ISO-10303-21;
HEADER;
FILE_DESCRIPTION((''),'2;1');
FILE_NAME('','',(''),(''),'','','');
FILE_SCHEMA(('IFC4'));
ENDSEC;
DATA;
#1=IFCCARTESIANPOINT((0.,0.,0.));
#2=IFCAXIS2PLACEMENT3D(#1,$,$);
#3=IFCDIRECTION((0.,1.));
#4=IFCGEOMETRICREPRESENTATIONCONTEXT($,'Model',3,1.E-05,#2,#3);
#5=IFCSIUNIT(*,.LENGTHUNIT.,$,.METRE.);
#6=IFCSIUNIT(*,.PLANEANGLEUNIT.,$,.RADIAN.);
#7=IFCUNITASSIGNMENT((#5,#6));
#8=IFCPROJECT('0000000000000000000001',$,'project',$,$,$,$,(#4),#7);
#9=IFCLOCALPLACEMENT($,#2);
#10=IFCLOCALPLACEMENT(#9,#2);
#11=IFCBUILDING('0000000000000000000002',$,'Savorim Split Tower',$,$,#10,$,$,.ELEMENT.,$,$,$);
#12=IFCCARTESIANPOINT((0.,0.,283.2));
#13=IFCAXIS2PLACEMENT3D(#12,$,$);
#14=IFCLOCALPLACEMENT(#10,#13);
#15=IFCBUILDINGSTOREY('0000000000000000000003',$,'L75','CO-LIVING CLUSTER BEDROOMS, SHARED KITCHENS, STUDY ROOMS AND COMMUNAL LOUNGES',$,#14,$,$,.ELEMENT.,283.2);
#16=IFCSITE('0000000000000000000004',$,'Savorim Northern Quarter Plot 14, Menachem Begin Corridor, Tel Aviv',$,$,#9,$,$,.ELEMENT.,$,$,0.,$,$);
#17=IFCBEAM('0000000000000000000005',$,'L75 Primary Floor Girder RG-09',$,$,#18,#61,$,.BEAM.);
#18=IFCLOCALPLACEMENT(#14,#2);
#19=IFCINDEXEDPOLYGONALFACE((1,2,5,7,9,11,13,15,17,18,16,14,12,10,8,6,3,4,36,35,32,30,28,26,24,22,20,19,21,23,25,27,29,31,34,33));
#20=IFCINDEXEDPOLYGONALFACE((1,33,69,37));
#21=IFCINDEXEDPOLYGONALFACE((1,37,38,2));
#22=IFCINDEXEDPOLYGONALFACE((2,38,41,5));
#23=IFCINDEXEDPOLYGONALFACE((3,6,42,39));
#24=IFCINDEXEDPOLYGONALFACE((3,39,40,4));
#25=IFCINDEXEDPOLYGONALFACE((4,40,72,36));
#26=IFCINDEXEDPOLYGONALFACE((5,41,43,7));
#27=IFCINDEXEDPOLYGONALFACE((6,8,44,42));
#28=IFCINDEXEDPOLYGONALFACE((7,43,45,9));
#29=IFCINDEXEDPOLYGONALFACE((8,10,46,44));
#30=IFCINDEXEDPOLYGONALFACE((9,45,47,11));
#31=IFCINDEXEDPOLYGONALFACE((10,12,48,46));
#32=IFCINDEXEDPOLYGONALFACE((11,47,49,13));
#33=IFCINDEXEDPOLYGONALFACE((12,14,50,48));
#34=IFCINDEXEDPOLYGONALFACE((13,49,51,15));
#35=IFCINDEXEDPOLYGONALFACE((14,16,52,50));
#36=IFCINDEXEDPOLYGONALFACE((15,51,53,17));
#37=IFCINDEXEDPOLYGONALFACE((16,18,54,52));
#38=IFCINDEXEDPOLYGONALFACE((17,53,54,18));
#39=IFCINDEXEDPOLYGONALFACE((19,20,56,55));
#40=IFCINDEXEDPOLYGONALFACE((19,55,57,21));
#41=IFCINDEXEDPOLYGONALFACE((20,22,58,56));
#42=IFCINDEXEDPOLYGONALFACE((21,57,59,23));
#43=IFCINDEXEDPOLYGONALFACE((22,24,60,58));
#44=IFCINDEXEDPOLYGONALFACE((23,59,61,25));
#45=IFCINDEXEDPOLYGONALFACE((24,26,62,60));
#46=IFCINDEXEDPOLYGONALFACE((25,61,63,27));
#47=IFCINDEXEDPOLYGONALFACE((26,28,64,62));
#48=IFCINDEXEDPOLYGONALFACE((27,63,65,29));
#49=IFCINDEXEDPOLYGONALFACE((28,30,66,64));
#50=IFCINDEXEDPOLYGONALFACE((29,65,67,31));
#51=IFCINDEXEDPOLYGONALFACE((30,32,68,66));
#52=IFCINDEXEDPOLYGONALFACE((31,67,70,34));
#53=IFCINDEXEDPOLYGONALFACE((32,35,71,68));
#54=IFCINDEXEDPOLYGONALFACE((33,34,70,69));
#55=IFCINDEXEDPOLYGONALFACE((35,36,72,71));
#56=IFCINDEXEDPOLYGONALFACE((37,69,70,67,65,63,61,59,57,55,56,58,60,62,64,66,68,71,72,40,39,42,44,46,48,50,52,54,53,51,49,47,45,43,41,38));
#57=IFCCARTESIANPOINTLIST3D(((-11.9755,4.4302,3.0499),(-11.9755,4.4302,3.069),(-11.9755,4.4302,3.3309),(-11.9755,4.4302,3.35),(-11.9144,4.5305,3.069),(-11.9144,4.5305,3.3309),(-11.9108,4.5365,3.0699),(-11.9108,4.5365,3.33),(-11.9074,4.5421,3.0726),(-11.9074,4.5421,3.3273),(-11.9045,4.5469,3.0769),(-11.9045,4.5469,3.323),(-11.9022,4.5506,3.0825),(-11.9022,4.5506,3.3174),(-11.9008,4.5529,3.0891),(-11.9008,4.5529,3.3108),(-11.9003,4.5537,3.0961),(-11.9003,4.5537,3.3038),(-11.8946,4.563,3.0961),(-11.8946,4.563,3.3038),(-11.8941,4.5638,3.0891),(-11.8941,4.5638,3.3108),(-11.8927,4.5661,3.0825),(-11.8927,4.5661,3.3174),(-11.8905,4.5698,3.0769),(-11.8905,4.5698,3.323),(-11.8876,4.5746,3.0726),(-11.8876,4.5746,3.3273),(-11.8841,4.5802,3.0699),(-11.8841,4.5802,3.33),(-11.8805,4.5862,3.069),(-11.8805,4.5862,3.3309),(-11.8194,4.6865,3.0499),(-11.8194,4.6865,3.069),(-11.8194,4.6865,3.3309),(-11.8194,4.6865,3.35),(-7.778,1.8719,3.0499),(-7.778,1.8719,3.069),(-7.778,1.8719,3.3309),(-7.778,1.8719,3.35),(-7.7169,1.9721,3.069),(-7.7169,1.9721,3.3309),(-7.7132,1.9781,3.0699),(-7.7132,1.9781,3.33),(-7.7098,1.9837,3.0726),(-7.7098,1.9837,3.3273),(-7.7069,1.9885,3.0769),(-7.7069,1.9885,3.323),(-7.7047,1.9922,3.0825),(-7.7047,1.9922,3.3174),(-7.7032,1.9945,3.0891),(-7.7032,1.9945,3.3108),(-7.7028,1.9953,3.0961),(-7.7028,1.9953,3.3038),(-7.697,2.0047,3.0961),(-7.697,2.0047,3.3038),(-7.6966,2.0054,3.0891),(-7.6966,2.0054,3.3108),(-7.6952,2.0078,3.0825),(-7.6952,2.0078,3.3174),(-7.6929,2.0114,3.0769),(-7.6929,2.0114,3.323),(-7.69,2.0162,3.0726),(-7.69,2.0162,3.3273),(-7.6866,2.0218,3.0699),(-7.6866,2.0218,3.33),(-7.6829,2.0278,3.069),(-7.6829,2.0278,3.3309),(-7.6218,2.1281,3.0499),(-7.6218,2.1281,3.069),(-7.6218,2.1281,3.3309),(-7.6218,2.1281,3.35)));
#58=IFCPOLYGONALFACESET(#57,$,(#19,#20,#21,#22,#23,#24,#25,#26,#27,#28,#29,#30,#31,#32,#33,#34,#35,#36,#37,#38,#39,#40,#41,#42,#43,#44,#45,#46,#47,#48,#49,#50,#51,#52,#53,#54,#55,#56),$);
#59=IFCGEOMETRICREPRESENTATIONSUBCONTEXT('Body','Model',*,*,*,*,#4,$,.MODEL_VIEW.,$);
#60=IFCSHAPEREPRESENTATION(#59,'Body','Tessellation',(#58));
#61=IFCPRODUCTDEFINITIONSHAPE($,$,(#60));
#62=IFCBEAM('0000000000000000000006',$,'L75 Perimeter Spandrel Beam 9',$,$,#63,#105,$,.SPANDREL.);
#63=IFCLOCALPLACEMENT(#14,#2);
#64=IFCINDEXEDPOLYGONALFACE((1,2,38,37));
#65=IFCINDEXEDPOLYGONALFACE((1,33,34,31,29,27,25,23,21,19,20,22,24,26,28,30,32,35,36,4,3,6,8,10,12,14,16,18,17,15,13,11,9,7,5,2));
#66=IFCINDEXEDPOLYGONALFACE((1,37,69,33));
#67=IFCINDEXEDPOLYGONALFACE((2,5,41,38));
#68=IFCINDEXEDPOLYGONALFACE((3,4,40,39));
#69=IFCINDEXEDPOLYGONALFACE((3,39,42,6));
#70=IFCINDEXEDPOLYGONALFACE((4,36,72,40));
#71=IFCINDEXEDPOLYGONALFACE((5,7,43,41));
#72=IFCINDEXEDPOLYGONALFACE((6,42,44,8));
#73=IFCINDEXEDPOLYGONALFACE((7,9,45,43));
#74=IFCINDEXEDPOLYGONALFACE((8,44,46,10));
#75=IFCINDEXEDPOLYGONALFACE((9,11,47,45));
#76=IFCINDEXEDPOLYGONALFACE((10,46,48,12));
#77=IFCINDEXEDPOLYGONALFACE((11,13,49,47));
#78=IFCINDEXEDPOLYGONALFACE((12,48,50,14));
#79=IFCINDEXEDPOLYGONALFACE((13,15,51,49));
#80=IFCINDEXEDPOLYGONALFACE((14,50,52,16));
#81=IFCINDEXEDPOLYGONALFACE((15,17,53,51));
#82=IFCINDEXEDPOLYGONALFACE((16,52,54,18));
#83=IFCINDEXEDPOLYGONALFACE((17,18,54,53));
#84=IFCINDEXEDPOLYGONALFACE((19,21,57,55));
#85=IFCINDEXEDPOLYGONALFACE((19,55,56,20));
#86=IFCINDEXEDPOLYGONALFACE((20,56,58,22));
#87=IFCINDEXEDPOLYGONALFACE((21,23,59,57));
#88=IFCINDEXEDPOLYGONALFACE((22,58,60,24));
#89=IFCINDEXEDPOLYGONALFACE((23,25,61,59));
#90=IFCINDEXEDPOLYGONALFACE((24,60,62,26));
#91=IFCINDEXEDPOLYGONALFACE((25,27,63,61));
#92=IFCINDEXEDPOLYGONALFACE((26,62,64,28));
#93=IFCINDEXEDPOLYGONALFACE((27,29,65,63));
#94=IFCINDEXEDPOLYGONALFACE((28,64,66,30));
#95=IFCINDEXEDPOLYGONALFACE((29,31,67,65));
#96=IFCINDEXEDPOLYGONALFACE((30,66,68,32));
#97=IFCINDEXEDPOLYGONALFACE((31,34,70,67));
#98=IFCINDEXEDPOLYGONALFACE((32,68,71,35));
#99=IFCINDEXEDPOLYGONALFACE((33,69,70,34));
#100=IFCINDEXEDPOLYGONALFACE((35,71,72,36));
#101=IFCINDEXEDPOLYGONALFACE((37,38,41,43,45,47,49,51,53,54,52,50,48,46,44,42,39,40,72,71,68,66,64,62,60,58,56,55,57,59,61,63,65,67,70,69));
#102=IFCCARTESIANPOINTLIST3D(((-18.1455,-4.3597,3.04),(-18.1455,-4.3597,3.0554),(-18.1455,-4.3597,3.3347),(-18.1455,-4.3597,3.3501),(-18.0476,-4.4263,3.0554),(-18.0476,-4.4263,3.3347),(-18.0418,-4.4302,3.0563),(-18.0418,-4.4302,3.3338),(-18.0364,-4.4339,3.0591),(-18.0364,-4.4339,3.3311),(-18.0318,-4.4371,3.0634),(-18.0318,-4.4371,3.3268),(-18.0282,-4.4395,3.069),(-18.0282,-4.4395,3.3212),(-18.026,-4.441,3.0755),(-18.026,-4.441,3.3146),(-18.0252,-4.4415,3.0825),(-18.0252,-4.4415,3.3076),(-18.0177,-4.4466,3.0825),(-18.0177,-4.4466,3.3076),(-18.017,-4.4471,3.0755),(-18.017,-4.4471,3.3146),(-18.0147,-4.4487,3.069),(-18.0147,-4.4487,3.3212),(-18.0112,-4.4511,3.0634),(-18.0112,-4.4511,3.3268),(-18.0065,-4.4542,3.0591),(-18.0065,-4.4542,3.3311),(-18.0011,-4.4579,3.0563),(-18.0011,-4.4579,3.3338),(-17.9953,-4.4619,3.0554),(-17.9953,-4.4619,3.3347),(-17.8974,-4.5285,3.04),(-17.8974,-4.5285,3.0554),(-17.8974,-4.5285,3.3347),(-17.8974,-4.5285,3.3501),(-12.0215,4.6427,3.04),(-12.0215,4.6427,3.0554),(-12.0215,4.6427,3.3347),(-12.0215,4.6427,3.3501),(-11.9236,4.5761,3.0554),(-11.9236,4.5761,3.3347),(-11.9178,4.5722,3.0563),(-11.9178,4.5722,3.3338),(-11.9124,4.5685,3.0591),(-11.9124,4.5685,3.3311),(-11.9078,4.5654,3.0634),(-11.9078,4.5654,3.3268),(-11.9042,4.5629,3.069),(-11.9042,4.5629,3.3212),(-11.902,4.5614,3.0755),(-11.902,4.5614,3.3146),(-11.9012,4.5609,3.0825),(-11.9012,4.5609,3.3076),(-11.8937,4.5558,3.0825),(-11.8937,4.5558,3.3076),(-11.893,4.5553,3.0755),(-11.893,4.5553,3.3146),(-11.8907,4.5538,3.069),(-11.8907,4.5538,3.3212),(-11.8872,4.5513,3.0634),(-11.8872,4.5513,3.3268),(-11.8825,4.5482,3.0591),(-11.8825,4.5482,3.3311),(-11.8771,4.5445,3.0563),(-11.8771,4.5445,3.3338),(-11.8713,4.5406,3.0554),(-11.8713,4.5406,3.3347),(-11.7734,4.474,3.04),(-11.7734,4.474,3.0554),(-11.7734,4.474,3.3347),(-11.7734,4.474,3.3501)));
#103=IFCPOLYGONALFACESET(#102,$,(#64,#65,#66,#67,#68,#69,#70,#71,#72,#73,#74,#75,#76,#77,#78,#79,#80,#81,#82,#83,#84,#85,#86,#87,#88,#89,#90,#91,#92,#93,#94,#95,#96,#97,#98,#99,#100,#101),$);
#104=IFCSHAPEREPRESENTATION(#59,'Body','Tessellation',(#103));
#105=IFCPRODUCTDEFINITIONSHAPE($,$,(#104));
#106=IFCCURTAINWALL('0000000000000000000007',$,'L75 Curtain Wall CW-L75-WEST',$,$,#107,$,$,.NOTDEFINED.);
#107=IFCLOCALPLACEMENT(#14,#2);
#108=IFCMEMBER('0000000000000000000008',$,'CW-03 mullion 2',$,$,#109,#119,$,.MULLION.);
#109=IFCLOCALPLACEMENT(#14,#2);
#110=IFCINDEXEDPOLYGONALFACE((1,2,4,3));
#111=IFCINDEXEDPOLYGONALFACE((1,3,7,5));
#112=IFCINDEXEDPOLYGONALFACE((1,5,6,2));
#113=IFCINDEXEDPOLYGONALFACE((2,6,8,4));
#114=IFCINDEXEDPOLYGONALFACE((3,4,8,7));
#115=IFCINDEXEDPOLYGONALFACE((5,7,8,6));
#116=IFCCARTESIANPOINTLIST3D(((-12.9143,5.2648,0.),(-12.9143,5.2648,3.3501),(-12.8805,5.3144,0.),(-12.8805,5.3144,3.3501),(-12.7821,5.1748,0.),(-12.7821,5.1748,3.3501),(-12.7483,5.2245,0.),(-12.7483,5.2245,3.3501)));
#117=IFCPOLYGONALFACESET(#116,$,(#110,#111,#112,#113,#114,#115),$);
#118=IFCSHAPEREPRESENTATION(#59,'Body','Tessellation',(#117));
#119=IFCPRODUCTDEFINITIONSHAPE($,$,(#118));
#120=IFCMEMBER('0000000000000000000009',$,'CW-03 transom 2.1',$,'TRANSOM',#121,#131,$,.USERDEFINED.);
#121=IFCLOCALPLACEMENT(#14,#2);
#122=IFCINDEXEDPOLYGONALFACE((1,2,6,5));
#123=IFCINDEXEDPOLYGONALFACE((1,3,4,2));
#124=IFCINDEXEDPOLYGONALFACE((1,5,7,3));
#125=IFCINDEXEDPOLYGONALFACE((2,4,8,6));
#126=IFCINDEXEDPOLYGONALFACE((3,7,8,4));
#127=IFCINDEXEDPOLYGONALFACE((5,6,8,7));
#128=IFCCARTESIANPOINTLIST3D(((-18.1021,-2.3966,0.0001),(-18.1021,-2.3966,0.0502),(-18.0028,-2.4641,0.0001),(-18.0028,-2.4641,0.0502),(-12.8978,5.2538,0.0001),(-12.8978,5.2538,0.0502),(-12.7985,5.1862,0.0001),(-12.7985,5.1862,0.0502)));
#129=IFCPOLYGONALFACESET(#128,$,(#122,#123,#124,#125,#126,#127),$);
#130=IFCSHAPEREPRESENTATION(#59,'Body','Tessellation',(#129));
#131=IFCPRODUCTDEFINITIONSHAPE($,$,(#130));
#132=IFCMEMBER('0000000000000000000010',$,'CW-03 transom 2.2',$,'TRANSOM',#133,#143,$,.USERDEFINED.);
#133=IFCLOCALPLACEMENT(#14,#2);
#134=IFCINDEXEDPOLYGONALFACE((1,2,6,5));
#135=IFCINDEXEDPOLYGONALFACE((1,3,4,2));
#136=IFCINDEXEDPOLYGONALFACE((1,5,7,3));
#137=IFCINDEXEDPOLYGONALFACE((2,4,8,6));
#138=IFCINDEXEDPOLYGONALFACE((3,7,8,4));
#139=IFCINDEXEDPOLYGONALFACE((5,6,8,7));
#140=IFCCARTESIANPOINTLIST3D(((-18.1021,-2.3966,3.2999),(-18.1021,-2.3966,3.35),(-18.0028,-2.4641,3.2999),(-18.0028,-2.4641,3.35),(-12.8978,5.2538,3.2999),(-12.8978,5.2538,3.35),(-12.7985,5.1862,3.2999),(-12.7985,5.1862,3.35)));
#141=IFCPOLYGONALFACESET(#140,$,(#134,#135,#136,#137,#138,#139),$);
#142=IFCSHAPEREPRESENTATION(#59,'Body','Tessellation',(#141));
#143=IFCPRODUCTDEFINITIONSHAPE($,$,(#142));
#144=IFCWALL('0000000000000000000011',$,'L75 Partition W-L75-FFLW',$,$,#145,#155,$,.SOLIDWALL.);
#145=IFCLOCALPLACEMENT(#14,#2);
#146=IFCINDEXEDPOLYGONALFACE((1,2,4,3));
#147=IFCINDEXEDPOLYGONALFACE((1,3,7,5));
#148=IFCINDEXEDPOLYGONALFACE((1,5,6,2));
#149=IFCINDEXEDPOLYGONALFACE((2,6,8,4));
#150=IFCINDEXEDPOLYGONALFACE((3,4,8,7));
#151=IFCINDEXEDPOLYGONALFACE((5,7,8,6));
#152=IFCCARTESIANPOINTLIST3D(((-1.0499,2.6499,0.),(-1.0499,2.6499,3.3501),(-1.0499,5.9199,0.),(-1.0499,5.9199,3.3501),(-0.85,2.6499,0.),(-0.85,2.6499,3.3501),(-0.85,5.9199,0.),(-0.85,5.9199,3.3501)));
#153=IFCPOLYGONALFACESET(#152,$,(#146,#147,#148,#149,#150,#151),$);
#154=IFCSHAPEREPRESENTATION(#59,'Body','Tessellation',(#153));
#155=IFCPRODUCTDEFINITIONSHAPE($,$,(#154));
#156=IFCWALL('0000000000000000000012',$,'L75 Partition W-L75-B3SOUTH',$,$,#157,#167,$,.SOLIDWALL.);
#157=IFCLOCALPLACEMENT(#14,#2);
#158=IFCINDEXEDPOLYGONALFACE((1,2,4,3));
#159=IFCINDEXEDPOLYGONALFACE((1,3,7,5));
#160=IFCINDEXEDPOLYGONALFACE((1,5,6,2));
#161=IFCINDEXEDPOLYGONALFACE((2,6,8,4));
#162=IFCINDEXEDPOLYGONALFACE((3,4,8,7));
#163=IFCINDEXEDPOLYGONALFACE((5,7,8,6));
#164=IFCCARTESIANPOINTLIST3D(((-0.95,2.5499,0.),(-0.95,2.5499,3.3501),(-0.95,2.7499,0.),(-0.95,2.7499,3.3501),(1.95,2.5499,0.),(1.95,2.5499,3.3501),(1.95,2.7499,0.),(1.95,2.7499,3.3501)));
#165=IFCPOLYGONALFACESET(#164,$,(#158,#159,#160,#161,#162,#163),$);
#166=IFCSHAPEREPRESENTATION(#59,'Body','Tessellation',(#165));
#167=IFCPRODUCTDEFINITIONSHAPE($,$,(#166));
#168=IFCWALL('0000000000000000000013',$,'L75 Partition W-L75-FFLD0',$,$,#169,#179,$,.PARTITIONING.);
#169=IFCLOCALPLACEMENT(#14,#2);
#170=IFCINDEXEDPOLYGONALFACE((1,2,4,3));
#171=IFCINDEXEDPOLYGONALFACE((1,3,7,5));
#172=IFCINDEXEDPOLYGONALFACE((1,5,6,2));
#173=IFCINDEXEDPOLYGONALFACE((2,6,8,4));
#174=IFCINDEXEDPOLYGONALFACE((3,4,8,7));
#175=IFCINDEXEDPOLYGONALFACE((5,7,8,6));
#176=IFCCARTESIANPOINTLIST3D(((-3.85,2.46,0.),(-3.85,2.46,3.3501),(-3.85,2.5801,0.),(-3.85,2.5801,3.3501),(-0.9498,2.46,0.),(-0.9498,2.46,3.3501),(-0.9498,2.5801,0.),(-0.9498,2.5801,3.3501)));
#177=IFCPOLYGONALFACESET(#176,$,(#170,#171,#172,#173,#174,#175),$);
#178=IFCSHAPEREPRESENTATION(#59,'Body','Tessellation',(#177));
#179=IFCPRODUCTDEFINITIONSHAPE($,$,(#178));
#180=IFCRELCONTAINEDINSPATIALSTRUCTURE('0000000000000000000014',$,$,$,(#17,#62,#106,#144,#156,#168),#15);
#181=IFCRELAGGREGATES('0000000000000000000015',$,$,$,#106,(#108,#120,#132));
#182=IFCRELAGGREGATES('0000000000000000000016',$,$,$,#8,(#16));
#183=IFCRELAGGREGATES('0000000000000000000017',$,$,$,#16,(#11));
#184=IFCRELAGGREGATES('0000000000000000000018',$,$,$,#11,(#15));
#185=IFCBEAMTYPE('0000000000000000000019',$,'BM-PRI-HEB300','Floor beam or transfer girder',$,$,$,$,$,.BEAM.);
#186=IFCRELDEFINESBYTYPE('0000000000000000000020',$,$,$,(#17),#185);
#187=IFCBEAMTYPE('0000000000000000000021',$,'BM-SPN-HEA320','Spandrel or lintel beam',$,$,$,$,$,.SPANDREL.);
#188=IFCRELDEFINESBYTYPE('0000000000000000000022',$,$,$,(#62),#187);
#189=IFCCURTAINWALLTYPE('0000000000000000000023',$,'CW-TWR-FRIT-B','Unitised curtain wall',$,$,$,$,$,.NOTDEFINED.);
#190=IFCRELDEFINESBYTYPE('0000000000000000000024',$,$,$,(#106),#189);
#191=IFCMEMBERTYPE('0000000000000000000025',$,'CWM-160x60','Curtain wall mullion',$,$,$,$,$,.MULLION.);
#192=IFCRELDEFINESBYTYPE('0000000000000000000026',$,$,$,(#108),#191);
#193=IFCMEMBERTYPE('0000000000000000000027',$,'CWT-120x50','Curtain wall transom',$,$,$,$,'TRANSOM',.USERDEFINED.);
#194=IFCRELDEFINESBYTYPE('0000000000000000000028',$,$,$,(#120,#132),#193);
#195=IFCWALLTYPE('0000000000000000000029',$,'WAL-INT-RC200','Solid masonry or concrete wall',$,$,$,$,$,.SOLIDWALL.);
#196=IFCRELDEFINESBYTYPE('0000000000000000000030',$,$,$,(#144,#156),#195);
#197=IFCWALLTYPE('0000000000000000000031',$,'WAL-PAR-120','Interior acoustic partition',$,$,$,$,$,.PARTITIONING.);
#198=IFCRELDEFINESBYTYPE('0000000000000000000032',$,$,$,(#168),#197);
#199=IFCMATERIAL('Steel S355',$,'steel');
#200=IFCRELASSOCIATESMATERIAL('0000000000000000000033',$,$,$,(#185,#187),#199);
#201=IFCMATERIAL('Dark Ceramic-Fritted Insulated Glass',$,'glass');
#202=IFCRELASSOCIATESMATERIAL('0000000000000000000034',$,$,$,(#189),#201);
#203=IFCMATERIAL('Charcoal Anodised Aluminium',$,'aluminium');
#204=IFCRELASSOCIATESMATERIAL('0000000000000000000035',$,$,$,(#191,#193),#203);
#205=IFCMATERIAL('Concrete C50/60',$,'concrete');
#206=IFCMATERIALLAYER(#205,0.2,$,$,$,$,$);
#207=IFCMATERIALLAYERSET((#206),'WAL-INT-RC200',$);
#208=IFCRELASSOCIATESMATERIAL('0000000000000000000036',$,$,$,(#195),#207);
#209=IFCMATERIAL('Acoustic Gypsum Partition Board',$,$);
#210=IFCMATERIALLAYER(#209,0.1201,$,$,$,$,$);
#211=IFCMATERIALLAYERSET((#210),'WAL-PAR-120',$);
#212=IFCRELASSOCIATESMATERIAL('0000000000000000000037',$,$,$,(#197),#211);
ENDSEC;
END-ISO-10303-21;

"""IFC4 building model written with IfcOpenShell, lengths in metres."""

from ifc_helpers import new_model, si_unit, direction, frame, frame_2d, origin, origin_2d, place, context, subcontext, project, spatial, rectangle, i_section, extrude, material, layer, layer_set, material_profile, profile_set, type_object, element, aggregate, save


model = new_model("IFC4")

# Units and contexts
model_context = context("Model", 3, precision=1e-05, world=origin(), true_north=direction((0.0, 1.0)))
body_context = subcontext(model_context, "Body", "Model", "MODEL_VIEW")
ifc_project = project(units=[si_unit("LENGTHUNIT", "METRE"), si_unit("PLANEANGLEUNIT", "RADIAN")], contexts=[model_context])

# Site, building, storey
site_placement = place(None, origin())
site = spatial("IfcSite", under=ifc_project, at=site_placement, Name="Savorim Northern Quarter Plot 14, Menachem Begin Corridor, Tel Aviv", CompositionType="ELEMENT", RefElevation=0.0)
building_placement = place(site_placement, origin())
building = spatial("IfcBuilding", under=site, at=building_placement, Name="Savorim Split Tower", CompositionType="ELEMENT")
storey_placement = place(building_placement, frame((0.0, 0.0, 283.2)))
storey = spatial("IfcBuildingStorey", under=building, at=storey_placement, Name="L75", Description="CO-LIVING CLUSTER BEDROOMS, SHARED KITCHENS, STUDY ROOMS AND COMMUNAL LOUNGES", CompositionType="ELEMENT", Elevation=283.2)

# Shared definitions
ifc_material_1 = material(Name="Steel S355", Category="steel")

# Beams
ifc_material_profile_1 = material_profile(ifc_material_1, i_section(OverallWidth=0.3, OverallDepth=0.3, WebThickness=0.011, FlangeThickness=0.019, FilletRadius=0.0271, at=origin_2d()), Name="HEB 300")
ifc_profile_set_1 = profile_set([ifc_material_profile_1], Name="Steel S355")
beam_type_1 = type_object("IfcBeamType", Name="BM-PRI-HEB300", Description="Floor beam or transfer girder", PredefinedType="BEAM", material=ifc_profile_set_1)
beam_1_placement = place(storey_placement, frame((-11.8975, 4.5583, 3.2), z_axis=(0.853896, -0.520443, 0.0), x_axis=(0.520443, 0.853896, 0.0)))
element("IfcBeam", 1, at=beam_1_placement, inside=storey, type_object=beam_type_1, Name="L75 Primary Floor Girder RG-09", PredefinedType="BEAM", context=body_context, shape_type="SweptSolid", body=[
    extrude(i_section(OverallWidth=0.3, OverallDepth=0.3, WebThickness=0.011, FlangeThickness=0.019, FilletRadius=0.0271, at=origin_2d()), origin(), (0.0, 0.0, 1.0), 4.9158),
])
ifc_material_profile_2 = material_profile(ifc_material_1, i_section(OverallWidth=0.3, OverallDepth=0.3101, WebThickness=0.009, FlangeThickness=0.0154, FilletRadius=0.0271, at=origin_2d()), Name="HEA 320")
ifc_profile_set_2 = profile_set([ifc_material_profile_2], Name="Steel S355")
beam_type_2 = type_object("IfcBeamType", Name="BM-SPN-HEA320", Description="Spandrel or lintel beam", PredefinedType="SPANDREL", material=ifc_profile_set_2)
beam_2_placement = place(storey_placement, frame((-11.8975, 4.5583, 3.1951), z_axis=(-0.562458, -0.826826, 0.0), x_axis=(0.826826, -0.562458, 0.0)))
element("IfcBeam", 2, at=beam_2_placement, inside=storey, type_object=beam_type_2, Name="L75 Perimeter Spandrel Beam 9", PredefinedType="SPANDREL", context=body_context, shape_type="SweptSolid", body=[
    extrude(i_section(OverallWidth=0.3, OverallDepth=0.3101, WebThickness=0.009, FlangeThickness=0.0154, FilletRadius=0.0271, at=origin_2d()), origin(), (0.0, 0.0, 1.0), 10.8879),
])

# Curtain wall, members
ifc_material_2 = material(Name="Dark Ceramic-Fritted Insulated Glass", Category="glass")
curtain_wall_type = type_object("IfcCurtainWallType", Name="CW-TWR-FRIT-B", Description="Unitised curtain wall", PredefinedType="NOTDEFINED", material=ifc_material_2)
curtain_wall_placement = place(storey_placement, origin())
curtain_wall = element("IfcCurtainWall", 3, at=curtain_wall_placement, inside=storey, type_object=curtain_wall_type, Name="L75 Curtain Wall CW-L75-WEST", PredefinedType="NOTDEFINED")
ifc_material_3 = material(Name="Charcoal Anodised Aluminium", Category="aluminium")
ifc_material_profile_3 = material_profile(ifc_material_3, rectangle(XDim=0.1599, YDim=0.0601, at=origin_2d()), Name="ALU-M 160x60")
ifc_profile_set_3 = profile_set([ifc_material_profile_3], Name="Charcoal Anodised Aluminium")
member_type_1 = type_object("IfcMemberType", Name="CWM-160x60", Description="Curtain wall mullion", PredefinedType="MULLION", material=ifc_profile_set_3)
member_1_placement = place(storey_placement, frame((-12.8313, 5.2446, 0.0), z_axis=(0.0, 0.0, 1.0), x_axis=(0.826818, -0.56247, 0.0)))
member_1 = element("IfcMember", 4, at=member_1_placement, type_object=member_type_1, Name="CW-03 mullion 2", PredefinedType="MULLION", context=body_context, shape_type="SweptSolid", body=[
    extrude(rectangle(XDim=0.1599, YDim=0.0601, at=origin_2d()), origin(), (0.0, 0.0, 1.0), 3.3501),
])
ifc_material_profile_4 = material_profile(ifc_material_3, rectangle(XDim=0.1201, YDim=0.05, at=origin_2d()), Name="ALU-T 120x50")
ifc_profile_set_4 = profile_set([ifc_material_profile_4], Name="Charcoal Anodised Aluminium")
member_type_2 = type_object("IfcMemberType", Name="CWT-120x50", Description="Curtain wall transom", ElementType="TRANSOM", PredefinedType="USERDEFINED", material=ifc_profile_set_4)
member_2_placement = place(storey_placement, frame((-12.8481, 5.22, 0.0251), z_axis=(-0.562464, -0.826822, 0.0), x_axis=(0.826822, -0.562464, 0.0)))
member_2 = element("IfcMember", 5, at=member_2_placement, type_object=member_type_2, Name="CW-03 transom 2.1", ObjectType="TRANSOM", PredefinedType="USERDEFINED", context=body_context, shape_type="SweptSolid", body=[
    extrude(rectangle(XDim=0.1201, YDim=0.05, at=origin_2d()), origin(), (0.0, 0.0, 1.0), 9.2527),
])
member_3_placement = place(storey_placement, frame((-12.8481, 5.22, 3.325), z_axis=(-0.562464, -0.826822, 0.0), x_axis=(0.826822, -0.562464, 0.0)))
member_3 = element("IfcMember", 6, at=member_3_placement, type_object=member_type_2, Name="CW-03 transom 2.2", ObjectType="TRANSOM", PredefinedType="USERDEFINED", context=body_context, shape_type="SweptSolid", body=[
    extrude(rectangle(XDim=0.1201, YDim=0.05, at=origin_2d()), origin(), (0.0, 0.0, 1.0), 9.2527),
])
aggregate(curtain_wall, [member_1, member_2, member_3])

# Walls
ifc_material_4 = material(Name="Concrete C50/60", Category="concrete")
ifc_layer_1 = layer(ifc_material_4, 0.2)
ifc_layer_set_1 = layer_set([ifc_layer_1], Name="WAL-INT-RC200")
wall_type_1 = type_object("IfcWallType", Name="WAL-INT-RC200", Description="Solid masonry or concrete wall", PredefinedType="SOLIDWALL", material=ifc_layer_set_1)
wall_1_placement = place(storey_placement, frame((-0.95, 2.6499, 0.0), z_axis=(0.0, 0.0, 1.0), x_axis=(0.0, 1.0, 0.0)))
element("IfcWall", 7, at=wall_1_placement, inside=storey, type_object=wall_type_1, Name="L75 Partition W-L75-FFLW", PredefinedType="SOLIDWALL", context=body_context, shape_type="SweptSolid", body=[
    extrude(rectangle(XDim=3.27, YDim=0.2, at=frame_2d((1.635, 0.0))), origin(), (0.0, 0.0, 1.0), 3.3501),
])
wall_2_placement = place(storey_placement, frame((-0.95, 2.6499, 0.0), z_axis=(0.0, 0.0, 1.0), x_axis=(1.0, 0.0, 0.0)))
element("IfcWall", 8, at=wall_2_placement, inside=storey, type_object=wall_type_1, Name="L75 Partition W-L75-B3SOUTH", PredefinedType="SOLIDWALL", context=body_context, shape_type="SweptSolid", body=[
    extrude(rectangle(XDim=2.8999, YDim=0.2, at=frame_2d((1.45, 0.0))), origin(), (0.0, 0.0, 1.0), 3.3501),
])
ifc_material_5 = material(Name="Acoustic Gypsum Partition Board")
ifc_layer_2 = layer(ifc_material_5, 0.1201)
ifc_layer_set_2 = layer_set([ifc_layer_2], Name="WAL-PAR-120")
wall_type_2 = type_object("IfcWallType", Name="WAL-PAR-120", Description="Interior acoustic partition", PredefinedType="PARTITIONING", material=ifc_layer_set_2)
for number, where, z_axis, x_axis, name in (
    (9, (-3.8501, 2.52, 0.0), (0.0, 0.0, 1.0), (1.0, 0.0, 0.0), "L75 Partition W-L75-FFLD0"),
):
    element("IfcWall", number, at=place(storey_placement, frame(where, z_axis=z_axis, x_axis=x_axis)), inside=storey, type_object=wall_type_2, Name=name, PredefinedType="PARTITIONING", context=body_context, shape_type="SweptSolid", body=[
        extrude(rectangle(XDim=2.9001, YDim=0.1201, at=frame_2d((1.4502, 0.0))), origin(), (0.0, 0.0, 1.0), 3.3501),
    ])

save(model, "model.ifc")
